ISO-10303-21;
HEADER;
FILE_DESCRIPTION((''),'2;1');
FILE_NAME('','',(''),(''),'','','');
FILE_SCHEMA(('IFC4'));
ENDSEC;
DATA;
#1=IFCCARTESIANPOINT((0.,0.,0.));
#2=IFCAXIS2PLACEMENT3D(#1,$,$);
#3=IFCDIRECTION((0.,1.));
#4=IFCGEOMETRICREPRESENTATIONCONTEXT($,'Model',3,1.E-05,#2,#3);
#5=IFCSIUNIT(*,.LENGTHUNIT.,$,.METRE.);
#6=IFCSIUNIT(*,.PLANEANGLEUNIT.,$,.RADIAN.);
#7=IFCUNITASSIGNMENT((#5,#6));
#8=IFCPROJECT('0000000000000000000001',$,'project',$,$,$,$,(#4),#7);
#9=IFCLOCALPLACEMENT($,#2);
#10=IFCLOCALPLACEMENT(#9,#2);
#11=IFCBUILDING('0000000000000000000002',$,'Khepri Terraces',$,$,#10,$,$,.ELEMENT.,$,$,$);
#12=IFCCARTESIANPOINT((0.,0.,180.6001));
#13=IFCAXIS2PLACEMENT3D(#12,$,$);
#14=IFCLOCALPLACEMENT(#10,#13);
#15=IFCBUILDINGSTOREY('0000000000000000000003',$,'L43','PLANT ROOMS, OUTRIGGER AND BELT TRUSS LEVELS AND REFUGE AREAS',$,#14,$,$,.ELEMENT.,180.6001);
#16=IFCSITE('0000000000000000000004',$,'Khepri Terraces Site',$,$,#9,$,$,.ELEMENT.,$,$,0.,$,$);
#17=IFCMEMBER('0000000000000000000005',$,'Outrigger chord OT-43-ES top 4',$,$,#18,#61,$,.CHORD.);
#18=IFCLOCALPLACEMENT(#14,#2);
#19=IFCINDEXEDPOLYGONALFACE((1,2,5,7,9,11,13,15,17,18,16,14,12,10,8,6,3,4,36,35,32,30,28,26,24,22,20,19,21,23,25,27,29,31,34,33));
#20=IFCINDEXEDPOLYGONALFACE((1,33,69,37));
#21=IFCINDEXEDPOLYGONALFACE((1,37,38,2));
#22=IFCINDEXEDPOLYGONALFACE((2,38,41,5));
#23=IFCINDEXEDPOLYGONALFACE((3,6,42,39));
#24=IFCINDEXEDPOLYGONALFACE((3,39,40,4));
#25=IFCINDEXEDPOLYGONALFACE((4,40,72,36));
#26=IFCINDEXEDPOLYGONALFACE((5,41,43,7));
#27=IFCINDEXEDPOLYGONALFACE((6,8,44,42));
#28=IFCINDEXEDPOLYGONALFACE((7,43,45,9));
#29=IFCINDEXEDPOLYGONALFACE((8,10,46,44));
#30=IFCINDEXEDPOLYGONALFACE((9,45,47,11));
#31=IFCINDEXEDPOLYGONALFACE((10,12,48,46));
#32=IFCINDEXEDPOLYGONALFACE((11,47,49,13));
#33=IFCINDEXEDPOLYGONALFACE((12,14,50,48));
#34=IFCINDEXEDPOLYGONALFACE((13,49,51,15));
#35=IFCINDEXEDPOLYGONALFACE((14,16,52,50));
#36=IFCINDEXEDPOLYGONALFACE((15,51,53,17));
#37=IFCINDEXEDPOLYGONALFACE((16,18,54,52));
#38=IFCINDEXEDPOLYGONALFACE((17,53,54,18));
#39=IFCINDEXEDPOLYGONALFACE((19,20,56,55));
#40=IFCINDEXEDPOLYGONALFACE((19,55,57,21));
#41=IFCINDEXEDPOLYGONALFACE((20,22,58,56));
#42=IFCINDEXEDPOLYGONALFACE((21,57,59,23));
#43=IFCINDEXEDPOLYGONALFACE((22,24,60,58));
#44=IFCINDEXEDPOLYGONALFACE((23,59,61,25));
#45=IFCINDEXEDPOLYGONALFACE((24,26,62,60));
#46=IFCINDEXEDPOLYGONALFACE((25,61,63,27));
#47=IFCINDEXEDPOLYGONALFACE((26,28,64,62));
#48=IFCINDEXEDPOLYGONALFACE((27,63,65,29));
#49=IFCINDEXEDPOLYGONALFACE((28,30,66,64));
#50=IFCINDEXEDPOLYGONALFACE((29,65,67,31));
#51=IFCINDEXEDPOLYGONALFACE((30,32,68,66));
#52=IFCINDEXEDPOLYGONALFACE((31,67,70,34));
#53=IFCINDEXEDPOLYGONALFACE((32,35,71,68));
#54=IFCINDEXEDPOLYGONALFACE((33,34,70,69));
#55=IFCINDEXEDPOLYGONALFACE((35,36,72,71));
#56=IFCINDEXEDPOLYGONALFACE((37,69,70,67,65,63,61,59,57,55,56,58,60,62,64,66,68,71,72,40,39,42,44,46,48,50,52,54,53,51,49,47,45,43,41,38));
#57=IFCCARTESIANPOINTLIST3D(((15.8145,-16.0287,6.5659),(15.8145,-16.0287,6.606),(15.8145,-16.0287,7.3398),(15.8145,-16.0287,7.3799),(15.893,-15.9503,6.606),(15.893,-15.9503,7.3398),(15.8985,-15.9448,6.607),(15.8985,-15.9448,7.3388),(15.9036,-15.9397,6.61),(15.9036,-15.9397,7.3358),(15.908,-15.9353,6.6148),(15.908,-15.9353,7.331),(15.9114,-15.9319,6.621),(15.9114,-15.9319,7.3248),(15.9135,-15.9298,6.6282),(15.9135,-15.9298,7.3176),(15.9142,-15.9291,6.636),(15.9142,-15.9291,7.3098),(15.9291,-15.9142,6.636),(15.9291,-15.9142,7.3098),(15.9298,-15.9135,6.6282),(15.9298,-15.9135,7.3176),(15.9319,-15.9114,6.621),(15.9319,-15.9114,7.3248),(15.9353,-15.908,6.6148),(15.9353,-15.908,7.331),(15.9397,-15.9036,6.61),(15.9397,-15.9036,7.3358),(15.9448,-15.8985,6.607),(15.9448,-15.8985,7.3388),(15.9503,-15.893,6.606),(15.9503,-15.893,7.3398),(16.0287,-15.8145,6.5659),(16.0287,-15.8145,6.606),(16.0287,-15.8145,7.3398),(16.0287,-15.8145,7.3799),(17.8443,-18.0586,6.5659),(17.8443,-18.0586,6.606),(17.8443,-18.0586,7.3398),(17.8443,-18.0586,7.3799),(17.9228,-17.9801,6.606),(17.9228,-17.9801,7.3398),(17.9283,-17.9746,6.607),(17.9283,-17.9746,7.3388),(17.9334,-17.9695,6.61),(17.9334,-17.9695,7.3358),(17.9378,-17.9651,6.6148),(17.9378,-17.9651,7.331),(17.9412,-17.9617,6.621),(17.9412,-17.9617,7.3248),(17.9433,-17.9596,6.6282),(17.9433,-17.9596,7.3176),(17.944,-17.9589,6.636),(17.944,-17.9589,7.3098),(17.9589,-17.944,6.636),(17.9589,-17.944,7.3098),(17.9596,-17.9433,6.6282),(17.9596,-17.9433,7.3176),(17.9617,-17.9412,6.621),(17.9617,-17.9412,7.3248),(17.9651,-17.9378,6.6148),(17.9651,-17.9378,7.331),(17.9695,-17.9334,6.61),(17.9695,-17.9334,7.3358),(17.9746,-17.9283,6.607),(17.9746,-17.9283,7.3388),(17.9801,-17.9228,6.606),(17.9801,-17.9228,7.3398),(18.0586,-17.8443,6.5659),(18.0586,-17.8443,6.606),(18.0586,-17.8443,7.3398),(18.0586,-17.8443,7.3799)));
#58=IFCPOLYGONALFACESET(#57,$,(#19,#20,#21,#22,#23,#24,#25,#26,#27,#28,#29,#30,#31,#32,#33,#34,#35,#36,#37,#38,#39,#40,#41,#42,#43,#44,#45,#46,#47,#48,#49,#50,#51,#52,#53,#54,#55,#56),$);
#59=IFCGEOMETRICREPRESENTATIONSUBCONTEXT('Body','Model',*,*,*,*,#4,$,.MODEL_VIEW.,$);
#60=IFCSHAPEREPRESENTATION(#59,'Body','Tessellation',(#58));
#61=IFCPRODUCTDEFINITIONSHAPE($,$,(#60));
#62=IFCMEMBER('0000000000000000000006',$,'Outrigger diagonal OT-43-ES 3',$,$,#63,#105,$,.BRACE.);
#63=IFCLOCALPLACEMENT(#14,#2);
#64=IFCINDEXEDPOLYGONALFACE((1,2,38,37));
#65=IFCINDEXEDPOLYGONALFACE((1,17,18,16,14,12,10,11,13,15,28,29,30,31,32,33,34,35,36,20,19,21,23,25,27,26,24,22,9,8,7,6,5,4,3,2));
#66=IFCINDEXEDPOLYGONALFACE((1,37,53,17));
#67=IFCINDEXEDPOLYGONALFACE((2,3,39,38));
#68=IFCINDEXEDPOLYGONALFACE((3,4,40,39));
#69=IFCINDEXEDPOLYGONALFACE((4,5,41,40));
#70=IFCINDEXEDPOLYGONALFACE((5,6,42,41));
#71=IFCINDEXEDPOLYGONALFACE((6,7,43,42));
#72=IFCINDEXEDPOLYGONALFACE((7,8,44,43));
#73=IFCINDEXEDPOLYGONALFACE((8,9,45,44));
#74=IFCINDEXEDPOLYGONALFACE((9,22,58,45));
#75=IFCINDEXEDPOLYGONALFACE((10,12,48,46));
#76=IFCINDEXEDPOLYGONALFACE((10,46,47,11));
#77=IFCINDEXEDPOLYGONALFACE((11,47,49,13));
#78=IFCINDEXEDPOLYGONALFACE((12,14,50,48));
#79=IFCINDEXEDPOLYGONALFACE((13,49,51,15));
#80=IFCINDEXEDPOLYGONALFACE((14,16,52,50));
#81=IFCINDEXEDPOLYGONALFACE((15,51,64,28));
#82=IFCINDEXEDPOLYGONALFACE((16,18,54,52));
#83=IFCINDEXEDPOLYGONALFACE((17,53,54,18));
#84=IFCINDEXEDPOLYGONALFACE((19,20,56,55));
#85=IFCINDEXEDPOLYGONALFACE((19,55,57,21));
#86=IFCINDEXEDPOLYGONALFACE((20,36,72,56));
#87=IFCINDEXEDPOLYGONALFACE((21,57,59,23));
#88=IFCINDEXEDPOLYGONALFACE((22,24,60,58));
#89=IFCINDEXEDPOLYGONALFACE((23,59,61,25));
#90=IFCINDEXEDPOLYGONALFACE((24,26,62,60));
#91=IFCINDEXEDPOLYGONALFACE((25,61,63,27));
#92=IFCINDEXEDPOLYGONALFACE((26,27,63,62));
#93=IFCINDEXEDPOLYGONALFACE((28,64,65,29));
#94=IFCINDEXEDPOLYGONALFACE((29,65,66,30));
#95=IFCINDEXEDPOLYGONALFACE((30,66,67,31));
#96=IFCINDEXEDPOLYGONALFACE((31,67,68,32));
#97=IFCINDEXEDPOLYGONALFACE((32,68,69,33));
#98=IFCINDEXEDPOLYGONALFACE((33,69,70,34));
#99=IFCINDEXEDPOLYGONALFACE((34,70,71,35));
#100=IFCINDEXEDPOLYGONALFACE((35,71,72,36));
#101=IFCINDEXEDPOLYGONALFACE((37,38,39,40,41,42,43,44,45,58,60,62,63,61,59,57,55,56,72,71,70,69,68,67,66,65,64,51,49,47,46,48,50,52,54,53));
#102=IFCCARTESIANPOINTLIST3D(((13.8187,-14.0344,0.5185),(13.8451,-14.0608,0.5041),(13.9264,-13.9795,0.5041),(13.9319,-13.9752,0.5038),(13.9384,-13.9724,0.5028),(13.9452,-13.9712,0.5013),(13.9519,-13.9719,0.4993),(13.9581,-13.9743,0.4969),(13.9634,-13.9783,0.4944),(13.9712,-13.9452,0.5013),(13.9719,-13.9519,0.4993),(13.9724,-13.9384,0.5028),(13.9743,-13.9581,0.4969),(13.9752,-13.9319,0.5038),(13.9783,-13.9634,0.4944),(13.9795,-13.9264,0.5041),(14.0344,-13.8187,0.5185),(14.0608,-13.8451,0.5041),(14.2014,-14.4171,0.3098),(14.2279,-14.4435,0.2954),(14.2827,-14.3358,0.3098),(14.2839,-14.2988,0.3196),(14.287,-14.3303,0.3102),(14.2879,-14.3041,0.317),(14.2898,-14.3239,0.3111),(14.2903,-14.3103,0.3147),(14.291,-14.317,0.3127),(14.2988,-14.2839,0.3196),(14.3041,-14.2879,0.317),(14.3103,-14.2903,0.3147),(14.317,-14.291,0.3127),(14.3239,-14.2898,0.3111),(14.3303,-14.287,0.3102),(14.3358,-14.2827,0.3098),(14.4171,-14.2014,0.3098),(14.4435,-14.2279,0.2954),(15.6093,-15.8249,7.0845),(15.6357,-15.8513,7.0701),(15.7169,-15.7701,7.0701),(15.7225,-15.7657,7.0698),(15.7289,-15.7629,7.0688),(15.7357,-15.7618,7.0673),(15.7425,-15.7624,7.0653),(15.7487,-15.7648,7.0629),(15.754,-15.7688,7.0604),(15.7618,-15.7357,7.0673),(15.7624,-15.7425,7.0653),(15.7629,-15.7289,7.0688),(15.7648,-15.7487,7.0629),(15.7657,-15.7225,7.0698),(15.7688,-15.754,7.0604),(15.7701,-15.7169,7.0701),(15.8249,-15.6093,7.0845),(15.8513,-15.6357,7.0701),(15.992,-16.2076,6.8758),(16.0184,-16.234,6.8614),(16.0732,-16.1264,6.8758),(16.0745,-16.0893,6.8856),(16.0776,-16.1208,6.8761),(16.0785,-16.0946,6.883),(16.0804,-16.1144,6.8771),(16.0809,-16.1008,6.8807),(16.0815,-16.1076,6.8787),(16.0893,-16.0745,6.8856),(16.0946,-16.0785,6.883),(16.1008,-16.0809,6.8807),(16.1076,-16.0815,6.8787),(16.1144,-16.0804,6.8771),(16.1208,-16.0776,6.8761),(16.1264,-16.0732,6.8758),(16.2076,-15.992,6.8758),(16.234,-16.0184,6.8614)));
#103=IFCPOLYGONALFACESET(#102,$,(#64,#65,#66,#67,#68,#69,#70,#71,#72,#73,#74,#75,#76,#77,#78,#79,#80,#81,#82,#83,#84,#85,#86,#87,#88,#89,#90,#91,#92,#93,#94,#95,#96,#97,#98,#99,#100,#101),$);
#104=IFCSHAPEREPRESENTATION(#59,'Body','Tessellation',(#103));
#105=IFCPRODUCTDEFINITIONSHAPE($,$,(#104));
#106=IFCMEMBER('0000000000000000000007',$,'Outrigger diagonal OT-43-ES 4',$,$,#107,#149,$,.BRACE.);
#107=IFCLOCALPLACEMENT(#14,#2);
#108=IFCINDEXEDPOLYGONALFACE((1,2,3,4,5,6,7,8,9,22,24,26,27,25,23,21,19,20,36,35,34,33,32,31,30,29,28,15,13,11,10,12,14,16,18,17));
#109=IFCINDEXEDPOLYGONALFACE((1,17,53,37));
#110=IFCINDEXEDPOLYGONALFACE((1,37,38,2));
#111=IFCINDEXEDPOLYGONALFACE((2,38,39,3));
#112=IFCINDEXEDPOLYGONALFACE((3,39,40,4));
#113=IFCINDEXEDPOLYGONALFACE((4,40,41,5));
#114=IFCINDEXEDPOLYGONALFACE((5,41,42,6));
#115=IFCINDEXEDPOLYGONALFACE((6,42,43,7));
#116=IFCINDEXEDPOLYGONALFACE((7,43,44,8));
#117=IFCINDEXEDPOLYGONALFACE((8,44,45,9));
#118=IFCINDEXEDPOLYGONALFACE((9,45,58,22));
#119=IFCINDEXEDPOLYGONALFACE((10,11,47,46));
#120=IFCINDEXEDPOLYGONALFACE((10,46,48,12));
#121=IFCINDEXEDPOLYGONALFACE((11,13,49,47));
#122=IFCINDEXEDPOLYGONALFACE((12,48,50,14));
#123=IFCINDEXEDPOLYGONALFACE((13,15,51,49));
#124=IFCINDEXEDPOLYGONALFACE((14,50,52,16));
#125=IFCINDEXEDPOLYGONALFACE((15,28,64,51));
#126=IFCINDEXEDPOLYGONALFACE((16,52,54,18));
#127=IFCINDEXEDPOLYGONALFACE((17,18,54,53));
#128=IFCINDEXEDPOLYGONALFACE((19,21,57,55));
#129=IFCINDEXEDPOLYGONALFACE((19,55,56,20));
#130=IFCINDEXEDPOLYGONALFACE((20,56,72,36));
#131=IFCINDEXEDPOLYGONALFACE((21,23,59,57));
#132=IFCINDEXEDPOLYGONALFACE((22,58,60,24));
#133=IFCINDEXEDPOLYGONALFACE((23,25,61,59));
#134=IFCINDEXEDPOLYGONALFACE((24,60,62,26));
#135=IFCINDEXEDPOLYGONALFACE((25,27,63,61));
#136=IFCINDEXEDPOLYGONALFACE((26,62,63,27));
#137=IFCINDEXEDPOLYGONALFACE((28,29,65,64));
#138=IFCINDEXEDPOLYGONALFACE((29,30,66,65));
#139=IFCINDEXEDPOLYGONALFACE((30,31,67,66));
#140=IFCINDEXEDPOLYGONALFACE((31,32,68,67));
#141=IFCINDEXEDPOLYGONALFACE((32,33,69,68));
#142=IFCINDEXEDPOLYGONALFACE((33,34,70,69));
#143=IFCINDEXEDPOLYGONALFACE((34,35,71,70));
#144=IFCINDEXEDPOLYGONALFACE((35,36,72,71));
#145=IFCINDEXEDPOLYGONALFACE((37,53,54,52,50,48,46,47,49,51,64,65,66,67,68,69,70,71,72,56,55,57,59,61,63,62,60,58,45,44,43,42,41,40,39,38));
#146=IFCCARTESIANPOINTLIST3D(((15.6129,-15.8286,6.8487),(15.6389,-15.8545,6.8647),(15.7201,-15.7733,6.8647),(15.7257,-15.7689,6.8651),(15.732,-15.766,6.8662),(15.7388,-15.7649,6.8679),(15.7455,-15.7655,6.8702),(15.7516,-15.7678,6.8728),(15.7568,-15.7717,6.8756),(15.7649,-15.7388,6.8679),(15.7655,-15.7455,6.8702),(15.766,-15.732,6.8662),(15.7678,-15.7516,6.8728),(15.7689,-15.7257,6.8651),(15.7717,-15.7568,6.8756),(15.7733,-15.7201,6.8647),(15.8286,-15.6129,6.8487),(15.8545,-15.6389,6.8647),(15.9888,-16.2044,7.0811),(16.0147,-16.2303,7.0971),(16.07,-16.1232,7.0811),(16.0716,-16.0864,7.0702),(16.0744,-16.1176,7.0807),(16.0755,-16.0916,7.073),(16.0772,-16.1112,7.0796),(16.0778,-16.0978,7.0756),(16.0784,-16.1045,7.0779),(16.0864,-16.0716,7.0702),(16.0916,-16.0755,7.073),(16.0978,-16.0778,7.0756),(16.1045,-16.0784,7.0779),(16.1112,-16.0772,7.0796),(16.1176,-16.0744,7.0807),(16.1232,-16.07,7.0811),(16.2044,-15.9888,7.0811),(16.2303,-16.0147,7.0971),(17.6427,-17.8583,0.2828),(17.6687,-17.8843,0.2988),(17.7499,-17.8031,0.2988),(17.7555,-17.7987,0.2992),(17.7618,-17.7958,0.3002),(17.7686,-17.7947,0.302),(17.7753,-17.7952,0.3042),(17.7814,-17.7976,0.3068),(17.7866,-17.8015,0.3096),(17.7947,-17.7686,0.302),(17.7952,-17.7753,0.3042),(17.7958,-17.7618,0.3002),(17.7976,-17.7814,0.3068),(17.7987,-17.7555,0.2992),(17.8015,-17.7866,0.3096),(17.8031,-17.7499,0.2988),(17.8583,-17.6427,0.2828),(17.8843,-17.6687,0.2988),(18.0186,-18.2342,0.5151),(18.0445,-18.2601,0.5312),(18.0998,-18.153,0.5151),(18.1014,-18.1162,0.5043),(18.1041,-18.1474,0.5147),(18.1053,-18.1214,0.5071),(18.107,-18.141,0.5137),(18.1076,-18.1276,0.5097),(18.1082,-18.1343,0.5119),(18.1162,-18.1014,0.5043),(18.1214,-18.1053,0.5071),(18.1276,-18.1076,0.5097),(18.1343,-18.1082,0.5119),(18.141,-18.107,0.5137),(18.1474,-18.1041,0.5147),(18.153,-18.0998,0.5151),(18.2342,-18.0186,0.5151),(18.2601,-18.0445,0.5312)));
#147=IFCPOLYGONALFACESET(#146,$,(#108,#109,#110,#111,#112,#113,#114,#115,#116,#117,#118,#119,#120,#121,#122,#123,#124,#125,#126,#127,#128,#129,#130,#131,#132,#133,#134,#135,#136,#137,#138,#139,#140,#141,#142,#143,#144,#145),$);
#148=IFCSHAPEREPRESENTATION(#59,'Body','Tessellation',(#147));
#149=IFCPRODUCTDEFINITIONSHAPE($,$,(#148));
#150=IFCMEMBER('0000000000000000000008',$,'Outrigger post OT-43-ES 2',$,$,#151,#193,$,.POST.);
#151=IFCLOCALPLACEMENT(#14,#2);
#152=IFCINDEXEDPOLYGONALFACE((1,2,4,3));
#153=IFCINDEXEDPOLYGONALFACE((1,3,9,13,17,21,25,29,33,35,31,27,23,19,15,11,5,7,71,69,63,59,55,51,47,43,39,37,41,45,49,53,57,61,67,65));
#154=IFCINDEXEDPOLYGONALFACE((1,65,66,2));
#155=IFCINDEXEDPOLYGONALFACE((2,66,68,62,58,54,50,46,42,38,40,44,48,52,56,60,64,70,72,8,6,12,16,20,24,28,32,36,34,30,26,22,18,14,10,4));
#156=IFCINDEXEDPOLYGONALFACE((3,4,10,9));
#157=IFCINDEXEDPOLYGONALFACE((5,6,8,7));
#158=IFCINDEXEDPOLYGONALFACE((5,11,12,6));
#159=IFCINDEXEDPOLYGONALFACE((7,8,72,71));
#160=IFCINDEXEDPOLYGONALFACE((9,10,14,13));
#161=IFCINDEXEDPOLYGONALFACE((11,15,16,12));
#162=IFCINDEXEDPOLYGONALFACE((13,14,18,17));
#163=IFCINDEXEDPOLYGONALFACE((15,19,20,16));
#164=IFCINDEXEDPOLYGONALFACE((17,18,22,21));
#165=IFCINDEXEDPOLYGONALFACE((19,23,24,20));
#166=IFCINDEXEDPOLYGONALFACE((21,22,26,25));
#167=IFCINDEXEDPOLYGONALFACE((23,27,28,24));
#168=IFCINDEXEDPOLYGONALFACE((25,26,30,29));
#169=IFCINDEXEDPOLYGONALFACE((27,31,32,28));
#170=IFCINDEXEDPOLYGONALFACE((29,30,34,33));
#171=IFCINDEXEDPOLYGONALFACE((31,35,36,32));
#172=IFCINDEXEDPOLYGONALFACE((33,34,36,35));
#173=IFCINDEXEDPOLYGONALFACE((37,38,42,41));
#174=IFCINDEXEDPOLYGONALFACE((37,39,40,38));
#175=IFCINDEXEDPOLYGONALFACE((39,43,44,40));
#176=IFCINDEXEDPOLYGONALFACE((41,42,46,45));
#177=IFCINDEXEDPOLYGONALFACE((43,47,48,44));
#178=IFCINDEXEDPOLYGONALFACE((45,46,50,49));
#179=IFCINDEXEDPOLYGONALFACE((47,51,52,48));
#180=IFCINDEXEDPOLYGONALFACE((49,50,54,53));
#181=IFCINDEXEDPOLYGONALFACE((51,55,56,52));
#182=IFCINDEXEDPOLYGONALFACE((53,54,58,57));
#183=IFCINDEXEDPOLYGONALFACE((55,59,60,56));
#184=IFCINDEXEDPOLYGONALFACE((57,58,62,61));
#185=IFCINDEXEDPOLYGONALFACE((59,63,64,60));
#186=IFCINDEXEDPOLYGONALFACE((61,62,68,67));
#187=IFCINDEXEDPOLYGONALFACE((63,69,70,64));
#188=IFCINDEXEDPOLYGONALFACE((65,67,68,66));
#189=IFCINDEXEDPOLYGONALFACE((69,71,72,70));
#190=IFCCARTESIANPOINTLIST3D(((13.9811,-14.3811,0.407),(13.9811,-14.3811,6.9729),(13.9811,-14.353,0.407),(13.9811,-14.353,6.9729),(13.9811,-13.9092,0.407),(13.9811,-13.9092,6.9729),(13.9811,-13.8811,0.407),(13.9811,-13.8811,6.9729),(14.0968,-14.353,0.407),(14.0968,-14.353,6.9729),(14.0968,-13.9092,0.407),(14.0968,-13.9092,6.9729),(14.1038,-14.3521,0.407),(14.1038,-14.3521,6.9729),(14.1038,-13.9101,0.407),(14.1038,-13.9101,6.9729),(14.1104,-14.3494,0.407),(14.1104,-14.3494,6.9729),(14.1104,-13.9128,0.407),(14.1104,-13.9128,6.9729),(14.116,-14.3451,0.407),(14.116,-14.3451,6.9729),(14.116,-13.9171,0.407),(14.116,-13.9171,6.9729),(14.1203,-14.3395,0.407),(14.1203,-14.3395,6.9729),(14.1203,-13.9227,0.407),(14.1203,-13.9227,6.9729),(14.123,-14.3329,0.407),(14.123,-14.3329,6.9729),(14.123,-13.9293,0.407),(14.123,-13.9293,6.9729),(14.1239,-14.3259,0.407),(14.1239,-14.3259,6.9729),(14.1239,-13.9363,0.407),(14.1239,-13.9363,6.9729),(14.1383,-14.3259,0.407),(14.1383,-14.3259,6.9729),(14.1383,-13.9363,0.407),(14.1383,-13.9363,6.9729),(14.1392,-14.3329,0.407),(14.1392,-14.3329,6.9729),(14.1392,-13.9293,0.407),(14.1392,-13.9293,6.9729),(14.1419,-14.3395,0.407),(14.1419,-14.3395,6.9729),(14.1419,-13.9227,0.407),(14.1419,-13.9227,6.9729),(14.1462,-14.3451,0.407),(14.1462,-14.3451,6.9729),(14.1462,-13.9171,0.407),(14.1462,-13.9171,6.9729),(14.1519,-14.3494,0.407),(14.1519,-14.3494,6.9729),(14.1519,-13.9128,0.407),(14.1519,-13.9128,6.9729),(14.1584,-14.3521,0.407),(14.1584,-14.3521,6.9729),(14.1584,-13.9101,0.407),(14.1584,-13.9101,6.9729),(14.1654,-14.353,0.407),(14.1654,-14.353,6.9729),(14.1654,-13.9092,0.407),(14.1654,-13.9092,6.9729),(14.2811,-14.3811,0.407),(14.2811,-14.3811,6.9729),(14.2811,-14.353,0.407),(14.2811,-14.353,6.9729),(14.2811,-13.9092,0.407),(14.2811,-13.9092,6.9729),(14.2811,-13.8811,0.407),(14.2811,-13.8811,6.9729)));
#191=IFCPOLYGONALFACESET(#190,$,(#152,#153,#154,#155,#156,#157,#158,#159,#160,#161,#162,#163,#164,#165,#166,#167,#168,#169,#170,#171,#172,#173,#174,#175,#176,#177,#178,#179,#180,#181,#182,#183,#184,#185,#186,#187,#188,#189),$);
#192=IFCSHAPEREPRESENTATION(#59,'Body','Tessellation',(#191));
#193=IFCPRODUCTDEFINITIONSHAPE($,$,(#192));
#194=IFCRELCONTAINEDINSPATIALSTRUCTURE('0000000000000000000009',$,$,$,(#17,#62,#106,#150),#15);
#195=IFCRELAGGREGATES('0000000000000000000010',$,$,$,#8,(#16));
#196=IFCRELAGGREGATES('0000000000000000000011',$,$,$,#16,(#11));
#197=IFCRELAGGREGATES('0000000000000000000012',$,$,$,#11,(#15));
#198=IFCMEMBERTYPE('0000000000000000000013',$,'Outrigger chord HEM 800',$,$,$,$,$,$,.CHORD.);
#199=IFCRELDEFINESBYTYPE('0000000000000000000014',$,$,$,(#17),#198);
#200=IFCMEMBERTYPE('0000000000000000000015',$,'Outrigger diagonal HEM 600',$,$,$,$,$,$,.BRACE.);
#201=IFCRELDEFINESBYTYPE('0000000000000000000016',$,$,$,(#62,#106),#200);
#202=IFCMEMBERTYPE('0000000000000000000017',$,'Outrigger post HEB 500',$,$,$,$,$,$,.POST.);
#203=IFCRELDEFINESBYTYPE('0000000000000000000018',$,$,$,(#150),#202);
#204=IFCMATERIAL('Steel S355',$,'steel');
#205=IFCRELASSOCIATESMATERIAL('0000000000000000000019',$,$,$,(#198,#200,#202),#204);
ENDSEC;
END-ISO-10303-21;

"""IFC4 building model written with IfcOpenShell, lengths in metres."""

from ifc_helpers import new_model, si_unit, direction, frame, origin, origin_2d, place, context, subcontext, project, spatial, i_section, extrude, material, material_profile, profile_set, type_object, element, save


model = new_model("IFC4")

# Units and contexts
model_context = context("Model", 3, precision=1e-05, world=origin(), true_north=direction((0.0, 1.0)))
body_context = subcontext(model_context, "Body", "Model", "MODEL_VIEW")
ifc_project = project(units=[si_unit("LENGTHUNIT", "METRE"), si_unit("PLANEANGLEUNIT", "RADIAN")], contexts=[model_context])

# Site, building, storey
site_placement = place(None, origin())
site = spatial("IfcSite", under=ifc_project, at=site_placement, Name="Khepri Terraces Site", CompositionType="ELEMENT", RefElevation=0.0)
building_placement = place(site_placement, origin())
building = spatial("IfcBuilding", under=site, at=building_placement, Name="Khepri Terraces", CompositionType="ELEMENT")
storey_placement = place(building_placement, frame((0.0, 0.0, 180.6001)))
storey = spatial("IfcBuildingStorey", under=building, at=storey_placement, Name="L43", Description="PLANT ROOMS, OUTRIGGER AND BELT TRUSS LEVELS AND REFUGE AREAS", CompositionType="ELEMENT", Elevation=180.6001)

# Members
ifc_material_1 = material(Name="Steel S355", Category="steel")
ifc_material_profile_1 = material_profile(ifc_material_1, i_section(OverallWidth=0.303, OverallDepth=0.814, WebThickness=0.021, FlangeThickness=0.04, FilletRadius=0.03, at=origin_2d()), Name="Steel S355", Category="steel")
ifc_profile_set_1 = profile_set([ifc_material_profile_1], Name="Steel S355")
member_type_1 = type_object("IfcMemberType", Name="Outrigger chord HEM 800", PredefinedType="CHORD", material=ifc_profile_set_1)
for number, where, z_axis, x_axis, name in (
    (1, (15.9216, -15.9216, 6.9729), (0.707107, -0.707107, 0.0), (0.707107, 0.707107, 0.0), "Outrigger chord OT-43-ES top 4"),
):
    element("IfcMember", number, at=place(storey_placement, frame(where, z_axis=z_axis, x_axis=x_axis)), inside=storey, type_object=member_type_1, Name=name, PredefinedType="CHORD", context=body_context, shape_type="SweptSolid", body=[
        extrude(i_section(OverallWidth=0.303, OverallDepth=0.814, WebThickness=0.021, FlangeThickness=0.04, FilletRadius=0.03, at=origin_2d()), origin(), (0.0, 0.0, 1.0), 2.8706),
    ])
ifc_material_profile_2 = material_profile(ifc_material_1, i_section(OverallWidth=0.3049, OverallDepth=0.6201, WebThickness=0.021, FlangeThickness=0.04, FilletRadius=0.0271, at=origin_2d()), Name="Steel S355", Category="steel")
ifc_profile_set_2 = profile_set([ifc_material_profile_2], Name="Steel S355")
member_type_2 = type_object("IfcMemberType", Name="Outrigger diagonal HEM 600", PredefinedType="BRACE", material=ifc_profile_set_2)
member_1_placement = place(storey_placement, frame((14.1311, -14.1311, 0.407), z_axis=(0.254435, -0.254435, 0.93302), x_axis=(0.707107, 0.707107, 0.0)))
element("IfcMember", 2, at=member_1_placement, inside=storey, type_object=member_type_2, Name="Outrigger diagonal OT-43-ES 3", PredefinedType="BRACE", context=body_context, shape_type="SweptSolid", body=[
    extrude(i_section(OverallWidth=0.3049, OverallDepth=0.6201, WebThickness=0.021, FlangeThickness=0.04, FilletRadius=0.0271, at=origin_2d()), origin(), (0.0, 0.0, 1.0), 7.0374),
])
member_2_placement = place(storey_placement, frame((15.9216, -15.9216, 6.9729), z_axis=(0.283253, -0.283253, -0.916262), x_axis=(0.707107, 0.707107, 0.0)))
element("IfcMember", 3, at=member_2_placement, inside=storey, type_object=member_type_2, Name="Outrigger diagonal OT-43-ES 4", PredefinedType="BRACE", context=body_context, shape_type="SweptSolid", body=[
    extrude(i_section(OverallWidth=0.3049, OverallDepth=0.6201, WebThickness=0.021, FlangeThickness=0.04, FilletRadius=0.0271, at=origin_2d()), origin(), (0.0, 0.0, 1.0), 7.166),
])
ifc_material_profile_3 = material_profile(ifc_material_1, i_section(OverallWidth=0.3, OverallDepth=0.5, WebThickness=0.0144, FlangeThickness=0.0281, FilletRadius=0.0271, at=origin_2d()), Name="Steel S355", Category="steel")
ifc_profile_set_3 = profile_set([ifc_material_profile_3], Name="Steel S355")
member_type_3 = type_object("IfcMemberType", Name="Outrigger post HEB 500", PredefinedType="POST", material=ifc_profile_set_3)
for number, where, z_axis, x_axis, name in (
    (4, (14.1311, -14.1311, 0.407), (0.0, 0.0, 1.0), (1.0, 0.0, 0.0), "Outrigger post OT-43-ES 2"),
):
    element("IfcMember", number, at=place(storey_placement, frame(where, z_axis=z_axis, x_axis=x_axis)), inside=storey, type_object=member_type_3, Name=name, PredefinedType="POST", context=body_context, shape_type="SweptSolid", body=[
        extrude(i_section(OverallWidth=0.3, OverallDepth=0.5, WebThickness=0.0144, FlangeThickness=0.0281, FilletRadius=0.0271, at=origin_2d()), origin(), (0.0, 0.0, 1.0), 6.5659),
    ])

save(model, "model.ifc")
